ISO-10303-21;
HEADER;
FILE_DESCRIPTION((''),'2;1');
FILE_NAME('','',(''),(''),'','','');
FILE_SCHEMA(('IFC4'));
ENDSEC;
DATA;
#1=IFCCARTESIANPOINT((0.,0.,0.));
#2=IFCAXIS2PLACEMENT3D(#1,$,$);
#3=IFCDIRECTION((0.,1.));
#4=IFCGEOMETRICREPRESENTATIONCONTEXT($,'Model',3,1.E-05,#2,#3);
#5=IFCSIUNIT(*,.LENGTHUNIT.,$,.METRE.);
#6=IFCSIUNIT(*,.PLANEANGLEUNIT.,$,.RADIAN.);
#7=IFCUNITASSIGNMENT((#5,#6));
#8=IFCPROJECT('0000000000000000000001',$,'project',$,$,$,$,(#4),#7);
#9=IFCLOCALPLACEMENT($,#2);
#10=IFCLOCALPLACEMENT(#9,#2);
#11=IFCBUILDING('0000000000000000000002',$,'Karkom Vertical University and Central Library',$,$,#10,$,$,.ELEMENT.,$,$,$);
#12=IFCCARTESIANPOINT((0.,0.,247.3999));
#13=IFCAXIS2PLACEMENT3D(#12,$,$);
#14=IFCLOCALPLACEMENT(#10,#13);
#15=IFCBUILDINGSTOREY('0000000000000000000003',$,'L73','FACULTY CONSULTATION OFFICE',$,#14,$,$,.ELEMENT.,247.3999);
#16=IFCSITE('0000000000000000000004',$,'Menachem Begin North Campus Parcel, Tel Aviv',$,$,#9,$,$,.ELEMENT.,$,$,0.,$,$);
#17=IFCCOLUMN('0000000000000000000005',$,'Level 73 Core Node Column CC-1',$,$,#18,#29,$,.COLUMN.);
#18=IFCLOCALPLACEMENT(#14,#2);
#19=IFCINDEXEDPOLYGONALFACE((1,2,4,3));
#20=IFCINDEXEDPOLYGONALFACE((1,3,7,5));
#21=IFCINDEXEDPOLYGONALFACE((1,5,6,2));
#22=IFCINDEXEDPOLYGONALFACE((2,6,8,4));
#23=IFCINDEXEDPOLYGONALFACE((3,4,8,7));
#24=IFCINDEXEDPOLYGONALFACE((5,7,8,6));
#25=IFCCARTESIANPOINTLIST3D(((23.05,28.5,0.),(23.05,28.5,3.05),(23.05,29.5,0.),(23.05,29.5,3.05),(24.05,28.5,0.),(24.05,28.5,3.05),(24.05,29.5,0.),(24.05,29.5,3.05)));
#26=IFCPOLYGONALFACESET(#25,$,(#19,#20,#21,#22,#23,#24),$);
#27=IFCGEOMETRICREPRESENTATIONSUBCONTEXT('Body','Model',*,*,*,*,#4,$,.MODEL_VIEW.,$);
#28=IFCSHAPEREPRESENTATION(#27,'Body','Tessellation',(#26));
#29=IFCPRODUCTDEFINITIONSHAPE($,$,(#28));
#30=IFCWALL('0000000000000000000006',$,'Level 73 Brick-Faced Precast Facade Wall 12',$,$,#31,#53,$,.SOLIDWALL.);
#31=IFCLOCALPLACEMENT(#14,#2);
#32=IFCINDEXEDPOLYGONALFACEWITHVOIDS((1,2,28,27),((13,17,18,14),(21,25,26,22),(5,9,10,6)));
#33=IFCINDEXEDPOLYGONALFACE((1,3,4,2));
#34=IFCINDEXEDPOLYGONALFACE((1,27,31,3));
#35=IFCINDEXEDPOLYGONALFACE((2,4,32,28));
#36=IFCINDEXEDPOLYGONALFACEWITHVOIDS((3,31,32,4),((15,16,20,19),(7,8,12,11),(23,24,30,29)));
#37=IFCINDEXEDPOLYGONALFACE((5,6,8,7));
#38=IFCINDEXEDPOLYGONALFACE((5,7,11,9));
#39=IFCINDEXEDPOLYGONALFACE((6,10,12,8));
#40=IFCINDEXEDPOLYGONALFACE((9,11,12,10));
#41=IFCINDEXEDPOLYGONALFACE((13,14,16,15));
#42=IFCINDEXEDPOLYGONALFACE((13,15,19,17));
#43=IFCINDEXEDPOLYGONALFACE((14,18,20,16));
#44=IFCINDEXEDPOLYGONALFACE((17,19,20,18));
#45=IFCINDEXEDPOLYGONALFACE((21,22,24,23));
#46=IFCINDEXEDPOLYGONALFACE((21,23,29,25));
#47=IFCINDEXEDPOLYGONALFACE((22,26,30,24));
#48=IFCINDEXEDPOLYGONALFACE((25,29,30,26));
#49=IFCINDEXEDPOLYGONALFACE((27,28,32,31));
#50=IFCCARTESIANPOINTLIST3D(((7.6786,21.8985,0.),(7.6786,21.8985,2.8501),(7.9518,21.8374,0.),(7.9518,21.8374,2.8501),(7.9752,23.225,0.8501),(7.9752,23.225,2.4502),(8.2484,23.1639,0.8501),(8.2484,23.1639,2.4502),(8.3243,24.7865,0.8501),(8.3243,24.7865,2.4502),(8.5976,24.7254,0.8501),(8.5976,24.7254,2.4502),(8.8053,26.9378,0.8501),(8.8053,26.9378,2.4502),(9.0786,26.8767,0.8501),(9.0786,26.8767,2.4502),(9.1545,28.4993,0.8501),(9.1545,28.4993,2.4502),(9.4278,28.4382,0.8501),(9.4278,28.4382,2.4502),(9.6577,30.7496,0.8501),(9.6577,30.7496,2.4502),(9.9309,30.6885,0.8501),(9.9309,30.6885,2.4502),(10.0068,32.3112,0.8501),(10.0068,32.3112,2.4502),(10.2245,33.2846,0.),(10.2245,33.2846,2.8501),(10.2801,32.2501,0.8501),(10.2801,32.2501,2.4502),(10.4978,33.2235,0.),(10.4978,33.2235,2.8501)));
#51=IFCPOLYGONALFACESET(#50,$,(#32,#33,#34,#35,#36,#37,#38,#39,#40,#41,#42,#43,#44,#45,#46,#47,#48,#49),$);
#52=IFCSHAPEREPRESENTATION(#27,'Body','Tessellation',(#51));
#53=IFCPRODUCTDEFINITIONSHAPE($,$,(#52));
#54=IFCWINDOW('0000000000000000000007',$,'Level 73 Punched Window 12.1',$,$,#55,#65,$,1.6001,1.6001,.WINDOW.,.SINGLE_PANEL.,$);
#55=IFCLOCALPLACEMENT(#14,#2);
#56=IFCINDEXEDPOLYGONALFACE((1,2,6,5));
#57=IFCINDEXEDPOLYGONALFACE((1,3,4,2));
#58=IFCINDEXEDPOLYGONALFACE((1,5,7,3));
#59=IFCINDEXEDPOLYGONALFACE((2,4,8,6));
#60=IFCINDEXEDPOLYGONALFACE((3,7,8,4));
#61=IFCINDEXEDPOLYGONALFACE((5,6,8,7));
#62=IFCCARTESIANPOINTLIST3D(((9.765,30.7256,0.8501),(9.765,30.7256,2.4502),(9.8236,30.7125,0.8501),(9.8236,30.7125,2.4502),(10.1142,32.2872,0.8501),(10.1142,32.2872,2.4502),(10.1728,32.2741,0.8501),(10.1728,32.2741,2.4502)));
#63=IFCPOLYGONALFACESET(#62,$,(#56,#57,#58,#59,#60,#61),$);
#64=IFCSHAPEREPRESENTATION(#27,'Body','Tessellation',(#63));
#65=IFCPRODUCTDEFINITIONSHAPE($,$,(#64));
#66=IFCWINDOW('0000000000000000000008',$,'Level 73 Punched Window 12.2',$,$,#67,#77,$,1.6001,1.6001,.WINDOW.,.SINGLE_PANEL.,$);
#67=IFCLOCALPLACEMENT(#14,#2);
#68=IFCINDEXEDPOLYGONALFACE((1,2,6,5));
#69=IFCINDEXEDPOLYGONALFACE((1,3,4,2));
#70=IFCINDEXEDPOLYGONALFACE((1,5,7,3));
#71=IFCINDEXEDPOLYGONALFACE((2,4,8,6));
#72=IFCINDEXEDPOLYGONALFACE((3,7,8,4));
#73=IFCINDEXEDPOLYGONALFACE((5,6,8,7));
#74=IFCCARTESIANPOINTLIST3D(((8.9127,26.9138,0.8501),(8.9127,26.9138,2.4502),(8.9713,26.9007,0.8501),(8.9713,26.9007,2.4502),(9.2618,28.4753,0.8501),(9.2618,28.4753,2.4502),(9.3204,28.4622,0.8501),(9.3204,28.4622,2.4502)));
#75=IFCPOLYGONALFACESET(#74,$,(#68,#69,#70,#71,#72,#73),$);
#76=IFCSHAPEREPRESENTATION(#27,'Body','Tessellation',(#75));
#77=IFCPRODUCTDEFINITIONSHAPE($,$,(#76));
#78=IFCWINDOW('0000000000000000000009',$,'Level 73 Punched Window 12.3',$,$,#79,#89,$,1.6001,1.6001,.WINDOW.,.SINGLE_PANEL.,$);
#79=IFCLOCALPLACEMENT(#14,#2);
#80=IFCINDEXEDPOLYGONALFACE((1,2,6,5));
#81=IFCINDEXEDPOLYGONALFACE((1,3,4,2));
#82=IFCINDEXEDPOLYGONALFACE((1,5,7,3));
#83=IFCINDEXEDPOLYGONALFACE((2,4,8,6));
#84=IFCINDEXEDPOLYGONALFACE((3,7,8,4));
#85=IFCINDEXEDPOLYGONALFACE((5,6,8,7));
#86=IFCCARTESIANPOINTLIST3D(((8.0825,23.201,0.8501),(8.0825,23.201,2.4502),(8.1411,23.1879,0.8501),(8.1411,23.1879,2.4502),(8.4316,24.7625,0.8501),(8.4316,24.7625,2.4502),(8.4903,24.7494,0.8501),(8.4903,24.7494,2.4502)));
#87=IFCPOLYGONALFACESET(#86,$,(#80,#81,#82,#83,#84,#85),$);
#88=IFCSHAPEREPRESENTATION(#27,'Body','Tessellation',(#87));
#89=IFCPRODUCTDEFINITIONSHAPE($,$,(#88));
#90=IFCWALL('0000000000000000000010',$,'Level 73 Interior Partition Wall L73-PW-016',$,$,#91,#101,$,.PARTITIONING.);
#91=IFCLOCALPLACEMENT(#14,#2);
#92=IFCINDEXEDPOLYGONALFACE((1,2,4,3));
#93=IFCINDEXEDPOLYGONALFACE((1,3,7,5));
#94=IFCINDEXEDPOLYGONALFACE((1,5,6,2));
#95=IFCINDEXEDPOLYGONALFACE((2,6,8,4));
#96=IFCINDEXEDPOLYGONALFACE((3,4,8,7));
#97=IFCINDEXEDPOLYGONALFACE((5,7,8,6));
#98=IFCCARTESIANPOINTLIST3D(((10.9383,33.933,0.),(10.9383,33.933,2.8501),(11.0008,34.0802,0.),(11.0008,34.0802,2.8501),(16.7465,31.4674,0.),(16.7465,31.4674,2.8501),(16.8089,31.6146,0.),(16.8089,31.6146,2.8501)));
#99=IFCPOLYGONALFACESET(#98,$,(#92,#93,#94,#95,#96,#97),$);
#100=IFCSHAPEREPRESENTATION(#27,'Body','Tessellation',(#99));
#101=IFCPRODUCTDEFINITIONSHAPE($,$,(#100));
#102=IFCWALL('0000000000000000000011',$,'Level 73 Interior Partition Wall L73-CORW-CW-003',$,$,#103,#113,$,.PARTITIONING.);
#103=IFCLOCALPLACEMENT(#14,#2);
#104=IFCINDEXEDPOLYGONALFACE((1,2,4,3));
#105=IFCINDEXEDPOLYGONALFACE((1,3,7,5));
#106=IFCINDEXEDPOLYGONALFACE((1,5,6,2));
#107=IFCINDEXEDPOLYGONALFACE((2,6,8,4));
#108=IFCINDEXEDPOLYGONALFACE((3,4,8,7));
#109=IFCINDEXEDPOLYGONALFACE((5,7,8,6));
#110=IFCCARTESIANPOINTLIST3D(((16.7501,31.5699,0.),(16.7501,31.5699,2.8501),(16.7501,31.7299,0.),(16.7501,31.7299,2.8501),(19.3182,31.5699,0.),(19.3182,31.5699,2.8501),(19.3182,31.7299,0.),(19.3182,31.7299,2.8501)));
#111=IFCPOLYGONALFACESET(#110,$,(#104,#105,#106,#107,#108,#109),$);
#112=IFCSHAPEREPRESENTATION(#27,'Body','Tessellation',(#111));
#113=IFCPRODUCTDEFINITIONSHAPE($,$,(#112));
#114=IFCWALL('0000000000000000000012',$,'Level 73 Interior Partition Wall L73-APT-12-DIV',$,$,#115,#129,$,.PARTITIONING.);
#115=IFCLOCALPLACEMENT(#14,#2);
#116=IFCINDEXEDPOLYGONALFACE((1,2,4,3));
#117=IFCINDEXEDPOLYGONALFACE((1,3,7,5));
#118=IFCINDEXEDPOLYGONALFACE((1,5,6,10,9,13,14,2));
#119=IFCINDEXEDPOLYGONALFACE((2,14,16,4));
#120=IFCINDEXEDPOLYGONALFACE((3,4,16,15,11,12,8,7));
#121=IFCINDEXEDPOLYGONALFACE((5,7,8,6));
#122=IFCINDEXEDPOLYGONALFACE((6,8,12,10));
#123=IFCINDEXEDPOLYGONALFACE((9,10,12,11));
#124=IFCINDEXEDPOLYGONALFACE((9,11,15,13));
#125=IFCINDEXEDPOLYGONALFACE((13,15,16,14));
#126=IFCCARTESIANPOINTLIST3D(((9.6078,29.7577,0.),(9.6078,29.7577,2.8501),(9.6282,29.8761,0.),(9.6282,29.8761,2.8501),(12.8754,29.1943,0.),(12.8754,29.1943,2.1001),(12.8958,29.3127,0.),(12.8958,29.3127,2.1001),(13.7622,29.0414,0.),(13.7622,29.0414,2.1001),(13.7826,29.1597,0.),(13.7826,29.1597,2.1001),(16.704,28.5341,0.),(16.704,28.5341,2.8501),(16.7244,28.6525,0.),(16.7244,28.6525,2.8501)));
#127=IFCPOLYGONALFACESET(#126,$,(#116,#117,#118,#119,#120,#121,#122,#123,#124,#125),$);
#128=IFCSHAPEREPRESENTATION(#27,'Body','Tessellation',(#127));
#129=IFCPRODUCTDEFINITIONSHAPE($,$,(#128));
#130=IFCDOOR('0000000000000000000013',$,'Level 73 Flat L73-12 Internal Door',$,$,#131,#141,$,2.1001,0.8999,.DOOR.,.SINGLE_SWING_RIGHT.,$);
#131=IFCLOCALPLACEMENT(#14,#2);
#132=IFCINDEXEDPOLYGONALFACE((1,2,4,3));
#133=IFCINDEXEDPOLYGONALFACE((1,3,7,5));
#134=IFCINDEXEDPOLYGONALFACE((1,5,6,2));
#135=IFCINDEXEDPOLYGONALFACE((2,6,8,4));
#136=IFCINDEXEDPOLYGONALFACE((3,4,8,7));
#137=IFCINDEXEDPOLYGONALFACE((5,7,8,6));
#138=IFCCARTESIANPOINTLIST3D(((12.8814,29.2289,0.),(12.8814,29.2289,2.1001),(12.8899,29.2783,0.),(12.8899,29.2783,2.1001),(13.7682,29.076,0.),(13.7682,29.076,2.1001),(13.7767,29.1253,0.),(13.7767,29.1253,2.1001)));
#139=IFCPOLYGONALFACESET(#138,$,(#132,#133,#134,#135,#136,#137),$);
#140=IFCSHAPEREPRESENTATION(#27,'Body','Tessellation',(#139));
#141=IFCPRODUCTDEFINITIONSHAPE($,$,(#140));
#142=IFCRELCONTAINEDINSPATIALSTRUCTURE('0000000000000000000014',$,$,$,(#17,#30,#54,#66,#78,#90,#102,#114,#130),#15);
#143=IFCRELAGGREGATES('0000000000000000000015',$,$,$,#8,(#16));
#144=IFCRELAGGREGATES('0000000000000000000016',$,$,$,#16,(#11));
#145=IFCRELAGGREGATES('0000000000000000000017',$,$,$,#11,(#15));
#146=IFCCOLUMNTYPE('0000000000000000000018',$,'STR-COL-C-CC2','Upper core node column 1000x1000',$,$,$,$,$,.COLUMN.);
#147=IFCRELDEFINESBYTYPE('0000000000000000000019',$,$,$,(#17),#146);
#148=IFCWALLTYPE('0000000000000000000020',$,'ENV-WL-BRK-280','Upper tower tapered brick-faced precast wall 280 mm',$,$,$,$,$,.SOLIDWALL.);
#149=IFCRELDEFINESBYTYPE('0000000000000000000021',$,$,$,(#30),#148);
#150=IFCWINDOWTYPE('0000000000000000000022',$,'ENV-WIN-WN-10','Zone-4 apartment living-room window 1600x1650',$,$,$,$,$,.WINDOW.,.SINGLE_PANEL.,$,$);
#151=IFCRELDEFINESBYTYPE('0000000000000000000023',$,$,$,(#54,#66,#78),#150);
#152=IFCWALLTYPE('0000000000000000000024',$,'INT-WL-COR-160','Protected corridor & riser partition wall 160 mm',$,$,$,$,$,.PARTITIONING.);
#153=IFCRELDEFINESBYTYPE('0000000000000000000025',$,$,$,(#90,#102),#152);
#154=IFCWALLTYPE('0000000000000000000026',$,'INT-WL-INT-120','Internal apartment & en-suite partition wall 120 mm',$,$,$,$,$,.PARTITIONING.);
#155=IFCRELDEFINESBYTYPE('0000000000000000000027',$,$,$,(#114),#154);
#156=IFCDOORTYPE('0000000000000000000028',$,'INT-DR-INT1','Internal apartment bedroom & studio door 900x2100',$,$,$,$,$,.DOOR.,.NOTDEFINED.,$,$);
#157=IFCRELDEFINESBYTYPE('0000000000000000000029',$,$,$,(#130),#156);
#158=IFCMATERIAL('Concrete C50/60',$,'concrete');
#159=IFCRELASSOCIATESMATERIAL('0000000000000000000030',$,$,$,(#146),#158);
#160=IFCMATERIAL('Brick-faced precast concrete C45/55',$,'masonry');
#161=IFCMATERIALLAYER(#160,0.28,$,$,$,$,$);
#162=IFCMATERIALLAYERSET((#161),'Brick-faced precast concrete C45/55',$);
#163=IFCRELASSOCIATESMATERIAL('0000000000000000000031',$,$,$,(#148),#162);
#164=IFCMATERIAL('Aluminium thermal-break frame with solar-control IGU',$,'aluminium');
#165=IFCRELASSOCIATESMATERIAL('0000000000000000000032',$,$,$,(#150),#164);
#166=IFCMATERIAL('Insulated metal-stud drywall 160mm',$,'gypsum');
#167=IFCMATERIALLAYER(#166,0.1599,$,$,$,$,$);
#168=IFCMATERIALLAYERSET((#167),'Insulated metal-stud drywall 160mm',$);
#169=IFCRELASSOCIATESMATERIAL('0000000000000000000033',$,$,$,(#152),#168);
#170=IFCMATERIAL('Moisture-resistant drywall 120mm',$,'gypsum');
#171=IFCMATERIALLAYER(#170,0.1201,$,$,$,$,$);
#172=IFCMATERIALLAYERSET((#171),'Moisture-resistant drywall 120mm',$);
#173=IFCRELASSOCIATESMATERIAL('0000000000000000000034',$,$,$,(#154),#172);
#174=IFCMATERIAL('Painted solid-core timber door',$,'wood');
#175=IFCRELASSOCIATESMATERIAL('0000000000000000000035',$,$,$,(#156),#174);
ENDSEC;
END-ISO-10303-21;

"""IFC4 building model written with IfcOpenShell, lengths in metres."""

from ifc_helpers import new_model, si_unit, direction, frame, frame_2d, origin, origin_with_axes, origin_2d, place, context, subcontext, project, spatial, rectangle, extrude, source, transform, mapped, material, layer, layer_set, material_profile, profile_set, type_object, element, fill, save


model = new_model("IFC4")

# Units and contexts
model_context = context("Model", 3, precision=1e-05, world=origin(), true_north=direction((0.0, 1.0)))
body_context = subcontext(model_context, "Body", "Model", "MODEL_VIEW")
ifc_project = project(units=[si_unit("LENGTHUNIT", "METRE"), si_unit("PLANEANGLEUNIT", "RADIAN")], contexts=[model_context])

# Site, building, storey
site_placement = place(None, origin())
site = spatial("IfcSite", under=ifc_project, at=site_placement, Name="Menachem Begin North Campus Parcel, Tel Aviv", CompositionType="ELEMENT", RefElevation=0.0)
building_placement = place(site_placement, origin())
building = spatial("IfcBuilding", under=site, at=building_placement, Name="Karkom Vertical University and Central Library", CompositionType="ELEMENT")
storey_placement = place(building_placement, frame((0.0, 0.0, 247.3999)))
storey = spatial("IfcBuildingStorey", under=building, at=storey_placement, Name="L73", Description="FACULTY CONSULTATION OFFICE", CompositionType="ELEMENT", Elevation=247.3999)

# Column
ifc_material_1 = material(Name="Concrete C50/60", Category="concrete")
ifc_material_profile = material_profile(ifc_material_1, rectangle(XDim=1.0, YDim=1.0, at=origin_2d()), Name="RC-1000x1000")
ifc_profile_set = profile_set([ifc_material_profile], Name="Concrete C50/60")
column_type = type_object("IfcColumnType", Name="STR-COL-C-CC2", Description="Upper core node column 1000x1000", PredefinedType="COLUMN", material=ifc_profile_set)
shared_shape_1 = source(origin_with_axes(), body_context, "Body", "SweptSolid", [
    extrude(rectangle(XDim=1.0, YDim=1.0, at=origin_2d()), origin(), (0.0, 0.0, 1.0), 3.05),
])
column_placement = place(storey_placement, frame((23.55, 29.0, 0.0), z_axis=(0.0, 0.0, 1.0), x_axis=(1.0, 0.0, 0.0)))
element("IfcColumn", 1, at=column_placement, inside=storey, type_object=column_type, Name="Level 73 Core Node Column CC-1", PredefinedType="COLUMN", context=body_context, shape_type="MappedRepresentation", body=[
    mapped(shared_shape_1, transform((0.0, 0.0, 0.0), scale=1.0)),
])

# Wall, openings, windows
ifc_material_2 = material(Name="Brick-faced precast concrete C45/55", Category="masonry")
ifc_layer_1 = layer(ifc_material_2, 0.28)
ifc_layer_set_1 = layer_set([ifc_layer_1], Name="Brick-faced precast concrete C45/55")
wall_type_1 = type_object("IfcWallType", Name="ENV-WL-BRK-280", Description="Upper tower tapered brick-faced precast wall 280 mm", PredefinedType="SOLIDWALL", material=ifc_layer_set_1)
wall_1_placement = place(storey_placement, frame((10.3611, 33.2539, 0.0), z_axis=(0.0, 0.0, 1.0), x_axis=(-0.218211, -0.975902, 0.0)))
wall_1 = element("IfcWall", 2, at=wall_1_placement, inside=storey, type_object=wall_type_1, Name="Level 73 Brick-Faced Precast Facade Wall 12", PredefinedType="SOLIDWALL", context=body_context, shape_type="SweptSolid", body=[
    extrude(rectangle(XDim=11.6672, YDim=0.28, at=frame_2d((5.8335, 0.0))), origin(), (0.0, 0.0, 1.0), 2.8501),
])
opening_1_placement = place(wall_1_placement, frame((0.9973, 0.0, 0.8501)))
opening_1 = element("IfcOpeningElement", 3, at=opening_1_placement, cuts=wall_1, PredefinedType="OPENING", context=body_context, shape_type="SweptSolid", body=[
    extrude(rectangle(XDim=1.6001, YDim=1.6001, at=frame_2d((0.8, 0.8))), frame((0.0, 0.1499, 0.0), z_axis=(0.0, -1.0, 0.0), x_axis=(1.0, 0.0, 0.0)), (0.0, 0.0, 1.0), 0.3),
])
opening_2_placement = place(wall_1_placement, frame((4.9033, 0.0, 0.8501)))
opening_2 = element("IfcOpeningElement", 4, at=opening_2_placement, cuts=wall_1, PredefinedType="OPENING", context=body_context, shape_type="SweptSolid", body=[
    extrude(rectangle(XDim=1.6001, YDim=1.6001, at=frame_2d((0.8, 0.8))), frame((0.0, 0.1499, 0.0), z_axis=(0.0, -1.0, 0.0), x_axis=(1.0, 0.0, 0.0)), (0.0, 0.0, 1.0), 0.3),
])
opening_3_placement = place(wall_1_placement, frame((8.7078, 0.0, 0.8501)))
opening_3 = element("IfcOpeningElement", 5, at=opening_3_placement, cuts=wall_1, PredefinedType="OPENING", context=body_context, shape_type="SweptSolid", body=[
    extrude(rectangle(XDim=1.6001, YDim=1.6001, at=frame_2d((0.8, 0.8))), frame((0.0, 0.1499, 0.0), z_axis=(0.0, -1.0, 0.0), x_axis=(1.0, 0.0, 0.0)), (0.0, 0.0, 1.0), 0.3),
])
ifc_material_3 = material(Name="Aluminium thermal-break frame with solar-control IGU", Category="aluminium")
window_type = type_object("IfcWindowType", Name="ENV-WIN-WN-10", Description="Zone-4 apartment living-room window 1600x1650", PartitioningType="SINGLE_PANEL", PredefinedType="WINDOW", material=ifc_material_3)
shared_shape_2 = source(origin_with_axes(), body_context, "Body", "SweptSolid", [
    extrude(rectangle(XDim=1.6001, YDim=1.6001, at=frame_2d((0.8, 0.8))), frame((0.0, 0.03, 0.0), z_axis=(0.0, -1.0, 0.0), x_axis=(1.0, 0.0, 0.0)), (0.0, 0.0, 1.0), 0.0601),
])
window_1_placement = place(opening_1_placement, origin())
window_1 = element("IfcWindow", 6, at=window_1_placement, inside=storey, type_object=window_type, Name="Level 73 Punched Window 12.1", OverallHeight=1.6001, OverallWidth=1.6001, PartitioningType="SINGLE_PANEL", PredefinedType="WINDOW", context=body_context, shape_type="MappedRepresentation", body=[
    mapped(shared_shape_2, transform((0.0, 0.0, 0.0), scale=1.0)),
])
fill(opening_1, window_1)
window_2_placement = place(opening_2_placement, origin())
window_2 = element("IfcWindow", 7, at=window_2_placement, inside=storey, type_object=window_type, Name="Level 73 Punched Window 12.2", OverallHeight=1.6001, OverallWidth=1.6001, PartitioningType="SINGLE_PANEL", PredefinedType="WINDOW", context=body_context, shape_type="MappedRepresentation", body=[
    mapped(shared_shape_2, transform((0.0, 0.0, 0.0), scale=1.0)),
])
fill(opening_2, window_2)
window_3_placement = place(opening_3_placement, origin())
window_3 = element("IfcWindow", 8, at=window_3_placement, inside=storey, type_object=window_type, Name="Level 73 Punched Window 12.3", OverallHeight=1.6001, OverallWidth=1.6001, PartitioningType="SINGLE_PANEL", PredefinedType="WINDOW", context=body_context, shape_type="MappedRepresentation", body=[
    mapped(shared_shape_2, transform((0.0, 0.0, 0.0), scale=1.0)),
])
fill(opening_3, window_3)

# Walls
ifc_material_4 = material(Name="Insulated metal-stud drywall 160mm", Category="gypsum")
ifc_layer_2 = layer(ifc_material_4, 0.1599)
ifc_layer_set_2 = layer_set([ifc_layer_2], Name="Insulated metal-stud drywall 160mm")
wall_type_2 = type_object("IfcWallType", Name="INT-WL-COR-160", Description="Protected corridor & riser partition wall 160 mm", PredefinedType="PARTITIONING", material=ifc_layer_set_2)
wall_2_placement = place(storey_placement, frame((16.7776, 31.541, 0.0), z_axis=(0.0, 0.0, 1.0), x_axis=(-0.920494, 0.390756, 0.0)))
element("IfcWall", 9, at=wall_2_placement, inside=storey, type_object=wall_type_2, Name="Level 73 Interior Partition Wall L73-PW-016", PredefinedType="PARTITIONING", context=body_context, shape_type="SweptSolid", body=[
    extrude(rectangle(XDim=6.3098, YDim=0.1599, at=frame_2d((3.1548, 0.0))), origin(), (0.0, 0.0, 1.0), 2.8501),
])
wall_3_placement = place(storey_placement, frame((16.75, 31.6499, 0.0), z_axis=(0.0, 0.0, 1.0), x_axis=(1.0, 0.0, 0.0)))
element("IfcWall", 10, at=wall_3_placement, inside=storey, type_object=wall_type_2, Name="Level 73 Interior Partition Wall L73-CORW-CW-003", PredefinedType="PARTITIONING", context=body_context, shape_type="SweptSolid", body=[
    extrude(rectangle(XDim=2.5681, YDim=0.1599, at=frame_2d((1.2842, 0.0))), origin(), (0.0, 0.0, 1.0), 2.8501),
])

# Wall, opening, door
ifc_material_5 = material(Name="Moisture-resistant drywall 120mm", Category="gypsum")
ifc_layer_3 = layer(ifc_material_5, 0.1201)
ifc_layer_set_3 = layer_set([ifc_layer_3], Name="Moisture-resistant drywall 120mm")
wall_type_3 = type_object("IfcWallType", Name="INT-WL-INT-120", Description="Internal apartment & en-suite partition wall 120 mm", PredefinedType="PARTITIONING", material=ifc_layer_set_3)
wall_4_placement = place(storey_placement, frame((16.7144, 28.5933, 0.0), z_axis=(0.0, 0.0, 1.0), x_axis=(-0.985457, 0.169927, 0.0)))
wall_4 = element("IfcWall", 11, at=wall_4_placement, inside=storey, type_object=wall_type_3, Name="Level 73 Interior Partition Wall L73-APT-12-DIV", PredefinedType="PARTITIONING", context=body_context, shape_type="SweptSolid", body=[
    extrude(rectangle(XDim=7.2009, YDim=0.1201, at=frame_2d((3.6006, 0.0))), origin(), (0.0, 0.0, 1.0), 2.8501),
])
opening_4_placement = place(wall_4_placement, frame((2.9854, 0.0, 0.0)))
opening_4 = element("IfcOpeningElement", 12, at=opening_4_placement, cuts=wall_4, PredefinedType="OPENING", context=body_context, shape_type="SweptSolid", body=[
    extrude(rectangle(XDim=0.8999, YDim=2.1001, at=frame_2d((0.45, 1.05))), frame((0.0, 0.0701, 0.0), z_axis=(0.0, -1.0, 0.0), x_axis=(1.0, 0.0, 0.0)), (0.0, 0.0, 1.0), 0.1401),
])
ifc_material_6 = material(Name="Painted solid-core timber door", Category="wood")
door_type_1 = type_object("IfcDoorType", Name="INT-DR-INT1", Description="Internal apartment bedroom & studio door 900x2100", OperationType="NOTDEFINED", PredefinedType="DOOR", material=ifc_material_6)
shared_shape_3 = source(origin_with_axes(), body_context, "Body", "SweptSolid", [
    extrude(rectangle(XDim=0.8999, YDim=2.1001, at=frame_2d((0.45, 1.05))), frame((0.0, 0.0249, 0.0), z_axis=(0.0, -1.0, 0.0), x_axis=(1.0, 0.0, 0.0)), (0.0, 0.0, 1.0), 0.05),
])
door_1_placement = place(opening_4_placement, origin())
door_1 = element("IfcDoor", 13, at=door_1_placement, inside=storey, type_object=door_type_1, Name="Level 73 Flat L73-12 Internal Door", OperationType="SINGLE_SWING_RIGHT", OverallHeight=2.1001, OverallWidth=0.8999, PredefinedType="DOOR", context=body_context, shape_type="MappedRepresentation", body=[
    mapped(shared_shape_3, transform((0.0, 0.0, 0.0), scale=1.0)),
])
fill(opening_4, door_1)

save(model, "model.ifc")
